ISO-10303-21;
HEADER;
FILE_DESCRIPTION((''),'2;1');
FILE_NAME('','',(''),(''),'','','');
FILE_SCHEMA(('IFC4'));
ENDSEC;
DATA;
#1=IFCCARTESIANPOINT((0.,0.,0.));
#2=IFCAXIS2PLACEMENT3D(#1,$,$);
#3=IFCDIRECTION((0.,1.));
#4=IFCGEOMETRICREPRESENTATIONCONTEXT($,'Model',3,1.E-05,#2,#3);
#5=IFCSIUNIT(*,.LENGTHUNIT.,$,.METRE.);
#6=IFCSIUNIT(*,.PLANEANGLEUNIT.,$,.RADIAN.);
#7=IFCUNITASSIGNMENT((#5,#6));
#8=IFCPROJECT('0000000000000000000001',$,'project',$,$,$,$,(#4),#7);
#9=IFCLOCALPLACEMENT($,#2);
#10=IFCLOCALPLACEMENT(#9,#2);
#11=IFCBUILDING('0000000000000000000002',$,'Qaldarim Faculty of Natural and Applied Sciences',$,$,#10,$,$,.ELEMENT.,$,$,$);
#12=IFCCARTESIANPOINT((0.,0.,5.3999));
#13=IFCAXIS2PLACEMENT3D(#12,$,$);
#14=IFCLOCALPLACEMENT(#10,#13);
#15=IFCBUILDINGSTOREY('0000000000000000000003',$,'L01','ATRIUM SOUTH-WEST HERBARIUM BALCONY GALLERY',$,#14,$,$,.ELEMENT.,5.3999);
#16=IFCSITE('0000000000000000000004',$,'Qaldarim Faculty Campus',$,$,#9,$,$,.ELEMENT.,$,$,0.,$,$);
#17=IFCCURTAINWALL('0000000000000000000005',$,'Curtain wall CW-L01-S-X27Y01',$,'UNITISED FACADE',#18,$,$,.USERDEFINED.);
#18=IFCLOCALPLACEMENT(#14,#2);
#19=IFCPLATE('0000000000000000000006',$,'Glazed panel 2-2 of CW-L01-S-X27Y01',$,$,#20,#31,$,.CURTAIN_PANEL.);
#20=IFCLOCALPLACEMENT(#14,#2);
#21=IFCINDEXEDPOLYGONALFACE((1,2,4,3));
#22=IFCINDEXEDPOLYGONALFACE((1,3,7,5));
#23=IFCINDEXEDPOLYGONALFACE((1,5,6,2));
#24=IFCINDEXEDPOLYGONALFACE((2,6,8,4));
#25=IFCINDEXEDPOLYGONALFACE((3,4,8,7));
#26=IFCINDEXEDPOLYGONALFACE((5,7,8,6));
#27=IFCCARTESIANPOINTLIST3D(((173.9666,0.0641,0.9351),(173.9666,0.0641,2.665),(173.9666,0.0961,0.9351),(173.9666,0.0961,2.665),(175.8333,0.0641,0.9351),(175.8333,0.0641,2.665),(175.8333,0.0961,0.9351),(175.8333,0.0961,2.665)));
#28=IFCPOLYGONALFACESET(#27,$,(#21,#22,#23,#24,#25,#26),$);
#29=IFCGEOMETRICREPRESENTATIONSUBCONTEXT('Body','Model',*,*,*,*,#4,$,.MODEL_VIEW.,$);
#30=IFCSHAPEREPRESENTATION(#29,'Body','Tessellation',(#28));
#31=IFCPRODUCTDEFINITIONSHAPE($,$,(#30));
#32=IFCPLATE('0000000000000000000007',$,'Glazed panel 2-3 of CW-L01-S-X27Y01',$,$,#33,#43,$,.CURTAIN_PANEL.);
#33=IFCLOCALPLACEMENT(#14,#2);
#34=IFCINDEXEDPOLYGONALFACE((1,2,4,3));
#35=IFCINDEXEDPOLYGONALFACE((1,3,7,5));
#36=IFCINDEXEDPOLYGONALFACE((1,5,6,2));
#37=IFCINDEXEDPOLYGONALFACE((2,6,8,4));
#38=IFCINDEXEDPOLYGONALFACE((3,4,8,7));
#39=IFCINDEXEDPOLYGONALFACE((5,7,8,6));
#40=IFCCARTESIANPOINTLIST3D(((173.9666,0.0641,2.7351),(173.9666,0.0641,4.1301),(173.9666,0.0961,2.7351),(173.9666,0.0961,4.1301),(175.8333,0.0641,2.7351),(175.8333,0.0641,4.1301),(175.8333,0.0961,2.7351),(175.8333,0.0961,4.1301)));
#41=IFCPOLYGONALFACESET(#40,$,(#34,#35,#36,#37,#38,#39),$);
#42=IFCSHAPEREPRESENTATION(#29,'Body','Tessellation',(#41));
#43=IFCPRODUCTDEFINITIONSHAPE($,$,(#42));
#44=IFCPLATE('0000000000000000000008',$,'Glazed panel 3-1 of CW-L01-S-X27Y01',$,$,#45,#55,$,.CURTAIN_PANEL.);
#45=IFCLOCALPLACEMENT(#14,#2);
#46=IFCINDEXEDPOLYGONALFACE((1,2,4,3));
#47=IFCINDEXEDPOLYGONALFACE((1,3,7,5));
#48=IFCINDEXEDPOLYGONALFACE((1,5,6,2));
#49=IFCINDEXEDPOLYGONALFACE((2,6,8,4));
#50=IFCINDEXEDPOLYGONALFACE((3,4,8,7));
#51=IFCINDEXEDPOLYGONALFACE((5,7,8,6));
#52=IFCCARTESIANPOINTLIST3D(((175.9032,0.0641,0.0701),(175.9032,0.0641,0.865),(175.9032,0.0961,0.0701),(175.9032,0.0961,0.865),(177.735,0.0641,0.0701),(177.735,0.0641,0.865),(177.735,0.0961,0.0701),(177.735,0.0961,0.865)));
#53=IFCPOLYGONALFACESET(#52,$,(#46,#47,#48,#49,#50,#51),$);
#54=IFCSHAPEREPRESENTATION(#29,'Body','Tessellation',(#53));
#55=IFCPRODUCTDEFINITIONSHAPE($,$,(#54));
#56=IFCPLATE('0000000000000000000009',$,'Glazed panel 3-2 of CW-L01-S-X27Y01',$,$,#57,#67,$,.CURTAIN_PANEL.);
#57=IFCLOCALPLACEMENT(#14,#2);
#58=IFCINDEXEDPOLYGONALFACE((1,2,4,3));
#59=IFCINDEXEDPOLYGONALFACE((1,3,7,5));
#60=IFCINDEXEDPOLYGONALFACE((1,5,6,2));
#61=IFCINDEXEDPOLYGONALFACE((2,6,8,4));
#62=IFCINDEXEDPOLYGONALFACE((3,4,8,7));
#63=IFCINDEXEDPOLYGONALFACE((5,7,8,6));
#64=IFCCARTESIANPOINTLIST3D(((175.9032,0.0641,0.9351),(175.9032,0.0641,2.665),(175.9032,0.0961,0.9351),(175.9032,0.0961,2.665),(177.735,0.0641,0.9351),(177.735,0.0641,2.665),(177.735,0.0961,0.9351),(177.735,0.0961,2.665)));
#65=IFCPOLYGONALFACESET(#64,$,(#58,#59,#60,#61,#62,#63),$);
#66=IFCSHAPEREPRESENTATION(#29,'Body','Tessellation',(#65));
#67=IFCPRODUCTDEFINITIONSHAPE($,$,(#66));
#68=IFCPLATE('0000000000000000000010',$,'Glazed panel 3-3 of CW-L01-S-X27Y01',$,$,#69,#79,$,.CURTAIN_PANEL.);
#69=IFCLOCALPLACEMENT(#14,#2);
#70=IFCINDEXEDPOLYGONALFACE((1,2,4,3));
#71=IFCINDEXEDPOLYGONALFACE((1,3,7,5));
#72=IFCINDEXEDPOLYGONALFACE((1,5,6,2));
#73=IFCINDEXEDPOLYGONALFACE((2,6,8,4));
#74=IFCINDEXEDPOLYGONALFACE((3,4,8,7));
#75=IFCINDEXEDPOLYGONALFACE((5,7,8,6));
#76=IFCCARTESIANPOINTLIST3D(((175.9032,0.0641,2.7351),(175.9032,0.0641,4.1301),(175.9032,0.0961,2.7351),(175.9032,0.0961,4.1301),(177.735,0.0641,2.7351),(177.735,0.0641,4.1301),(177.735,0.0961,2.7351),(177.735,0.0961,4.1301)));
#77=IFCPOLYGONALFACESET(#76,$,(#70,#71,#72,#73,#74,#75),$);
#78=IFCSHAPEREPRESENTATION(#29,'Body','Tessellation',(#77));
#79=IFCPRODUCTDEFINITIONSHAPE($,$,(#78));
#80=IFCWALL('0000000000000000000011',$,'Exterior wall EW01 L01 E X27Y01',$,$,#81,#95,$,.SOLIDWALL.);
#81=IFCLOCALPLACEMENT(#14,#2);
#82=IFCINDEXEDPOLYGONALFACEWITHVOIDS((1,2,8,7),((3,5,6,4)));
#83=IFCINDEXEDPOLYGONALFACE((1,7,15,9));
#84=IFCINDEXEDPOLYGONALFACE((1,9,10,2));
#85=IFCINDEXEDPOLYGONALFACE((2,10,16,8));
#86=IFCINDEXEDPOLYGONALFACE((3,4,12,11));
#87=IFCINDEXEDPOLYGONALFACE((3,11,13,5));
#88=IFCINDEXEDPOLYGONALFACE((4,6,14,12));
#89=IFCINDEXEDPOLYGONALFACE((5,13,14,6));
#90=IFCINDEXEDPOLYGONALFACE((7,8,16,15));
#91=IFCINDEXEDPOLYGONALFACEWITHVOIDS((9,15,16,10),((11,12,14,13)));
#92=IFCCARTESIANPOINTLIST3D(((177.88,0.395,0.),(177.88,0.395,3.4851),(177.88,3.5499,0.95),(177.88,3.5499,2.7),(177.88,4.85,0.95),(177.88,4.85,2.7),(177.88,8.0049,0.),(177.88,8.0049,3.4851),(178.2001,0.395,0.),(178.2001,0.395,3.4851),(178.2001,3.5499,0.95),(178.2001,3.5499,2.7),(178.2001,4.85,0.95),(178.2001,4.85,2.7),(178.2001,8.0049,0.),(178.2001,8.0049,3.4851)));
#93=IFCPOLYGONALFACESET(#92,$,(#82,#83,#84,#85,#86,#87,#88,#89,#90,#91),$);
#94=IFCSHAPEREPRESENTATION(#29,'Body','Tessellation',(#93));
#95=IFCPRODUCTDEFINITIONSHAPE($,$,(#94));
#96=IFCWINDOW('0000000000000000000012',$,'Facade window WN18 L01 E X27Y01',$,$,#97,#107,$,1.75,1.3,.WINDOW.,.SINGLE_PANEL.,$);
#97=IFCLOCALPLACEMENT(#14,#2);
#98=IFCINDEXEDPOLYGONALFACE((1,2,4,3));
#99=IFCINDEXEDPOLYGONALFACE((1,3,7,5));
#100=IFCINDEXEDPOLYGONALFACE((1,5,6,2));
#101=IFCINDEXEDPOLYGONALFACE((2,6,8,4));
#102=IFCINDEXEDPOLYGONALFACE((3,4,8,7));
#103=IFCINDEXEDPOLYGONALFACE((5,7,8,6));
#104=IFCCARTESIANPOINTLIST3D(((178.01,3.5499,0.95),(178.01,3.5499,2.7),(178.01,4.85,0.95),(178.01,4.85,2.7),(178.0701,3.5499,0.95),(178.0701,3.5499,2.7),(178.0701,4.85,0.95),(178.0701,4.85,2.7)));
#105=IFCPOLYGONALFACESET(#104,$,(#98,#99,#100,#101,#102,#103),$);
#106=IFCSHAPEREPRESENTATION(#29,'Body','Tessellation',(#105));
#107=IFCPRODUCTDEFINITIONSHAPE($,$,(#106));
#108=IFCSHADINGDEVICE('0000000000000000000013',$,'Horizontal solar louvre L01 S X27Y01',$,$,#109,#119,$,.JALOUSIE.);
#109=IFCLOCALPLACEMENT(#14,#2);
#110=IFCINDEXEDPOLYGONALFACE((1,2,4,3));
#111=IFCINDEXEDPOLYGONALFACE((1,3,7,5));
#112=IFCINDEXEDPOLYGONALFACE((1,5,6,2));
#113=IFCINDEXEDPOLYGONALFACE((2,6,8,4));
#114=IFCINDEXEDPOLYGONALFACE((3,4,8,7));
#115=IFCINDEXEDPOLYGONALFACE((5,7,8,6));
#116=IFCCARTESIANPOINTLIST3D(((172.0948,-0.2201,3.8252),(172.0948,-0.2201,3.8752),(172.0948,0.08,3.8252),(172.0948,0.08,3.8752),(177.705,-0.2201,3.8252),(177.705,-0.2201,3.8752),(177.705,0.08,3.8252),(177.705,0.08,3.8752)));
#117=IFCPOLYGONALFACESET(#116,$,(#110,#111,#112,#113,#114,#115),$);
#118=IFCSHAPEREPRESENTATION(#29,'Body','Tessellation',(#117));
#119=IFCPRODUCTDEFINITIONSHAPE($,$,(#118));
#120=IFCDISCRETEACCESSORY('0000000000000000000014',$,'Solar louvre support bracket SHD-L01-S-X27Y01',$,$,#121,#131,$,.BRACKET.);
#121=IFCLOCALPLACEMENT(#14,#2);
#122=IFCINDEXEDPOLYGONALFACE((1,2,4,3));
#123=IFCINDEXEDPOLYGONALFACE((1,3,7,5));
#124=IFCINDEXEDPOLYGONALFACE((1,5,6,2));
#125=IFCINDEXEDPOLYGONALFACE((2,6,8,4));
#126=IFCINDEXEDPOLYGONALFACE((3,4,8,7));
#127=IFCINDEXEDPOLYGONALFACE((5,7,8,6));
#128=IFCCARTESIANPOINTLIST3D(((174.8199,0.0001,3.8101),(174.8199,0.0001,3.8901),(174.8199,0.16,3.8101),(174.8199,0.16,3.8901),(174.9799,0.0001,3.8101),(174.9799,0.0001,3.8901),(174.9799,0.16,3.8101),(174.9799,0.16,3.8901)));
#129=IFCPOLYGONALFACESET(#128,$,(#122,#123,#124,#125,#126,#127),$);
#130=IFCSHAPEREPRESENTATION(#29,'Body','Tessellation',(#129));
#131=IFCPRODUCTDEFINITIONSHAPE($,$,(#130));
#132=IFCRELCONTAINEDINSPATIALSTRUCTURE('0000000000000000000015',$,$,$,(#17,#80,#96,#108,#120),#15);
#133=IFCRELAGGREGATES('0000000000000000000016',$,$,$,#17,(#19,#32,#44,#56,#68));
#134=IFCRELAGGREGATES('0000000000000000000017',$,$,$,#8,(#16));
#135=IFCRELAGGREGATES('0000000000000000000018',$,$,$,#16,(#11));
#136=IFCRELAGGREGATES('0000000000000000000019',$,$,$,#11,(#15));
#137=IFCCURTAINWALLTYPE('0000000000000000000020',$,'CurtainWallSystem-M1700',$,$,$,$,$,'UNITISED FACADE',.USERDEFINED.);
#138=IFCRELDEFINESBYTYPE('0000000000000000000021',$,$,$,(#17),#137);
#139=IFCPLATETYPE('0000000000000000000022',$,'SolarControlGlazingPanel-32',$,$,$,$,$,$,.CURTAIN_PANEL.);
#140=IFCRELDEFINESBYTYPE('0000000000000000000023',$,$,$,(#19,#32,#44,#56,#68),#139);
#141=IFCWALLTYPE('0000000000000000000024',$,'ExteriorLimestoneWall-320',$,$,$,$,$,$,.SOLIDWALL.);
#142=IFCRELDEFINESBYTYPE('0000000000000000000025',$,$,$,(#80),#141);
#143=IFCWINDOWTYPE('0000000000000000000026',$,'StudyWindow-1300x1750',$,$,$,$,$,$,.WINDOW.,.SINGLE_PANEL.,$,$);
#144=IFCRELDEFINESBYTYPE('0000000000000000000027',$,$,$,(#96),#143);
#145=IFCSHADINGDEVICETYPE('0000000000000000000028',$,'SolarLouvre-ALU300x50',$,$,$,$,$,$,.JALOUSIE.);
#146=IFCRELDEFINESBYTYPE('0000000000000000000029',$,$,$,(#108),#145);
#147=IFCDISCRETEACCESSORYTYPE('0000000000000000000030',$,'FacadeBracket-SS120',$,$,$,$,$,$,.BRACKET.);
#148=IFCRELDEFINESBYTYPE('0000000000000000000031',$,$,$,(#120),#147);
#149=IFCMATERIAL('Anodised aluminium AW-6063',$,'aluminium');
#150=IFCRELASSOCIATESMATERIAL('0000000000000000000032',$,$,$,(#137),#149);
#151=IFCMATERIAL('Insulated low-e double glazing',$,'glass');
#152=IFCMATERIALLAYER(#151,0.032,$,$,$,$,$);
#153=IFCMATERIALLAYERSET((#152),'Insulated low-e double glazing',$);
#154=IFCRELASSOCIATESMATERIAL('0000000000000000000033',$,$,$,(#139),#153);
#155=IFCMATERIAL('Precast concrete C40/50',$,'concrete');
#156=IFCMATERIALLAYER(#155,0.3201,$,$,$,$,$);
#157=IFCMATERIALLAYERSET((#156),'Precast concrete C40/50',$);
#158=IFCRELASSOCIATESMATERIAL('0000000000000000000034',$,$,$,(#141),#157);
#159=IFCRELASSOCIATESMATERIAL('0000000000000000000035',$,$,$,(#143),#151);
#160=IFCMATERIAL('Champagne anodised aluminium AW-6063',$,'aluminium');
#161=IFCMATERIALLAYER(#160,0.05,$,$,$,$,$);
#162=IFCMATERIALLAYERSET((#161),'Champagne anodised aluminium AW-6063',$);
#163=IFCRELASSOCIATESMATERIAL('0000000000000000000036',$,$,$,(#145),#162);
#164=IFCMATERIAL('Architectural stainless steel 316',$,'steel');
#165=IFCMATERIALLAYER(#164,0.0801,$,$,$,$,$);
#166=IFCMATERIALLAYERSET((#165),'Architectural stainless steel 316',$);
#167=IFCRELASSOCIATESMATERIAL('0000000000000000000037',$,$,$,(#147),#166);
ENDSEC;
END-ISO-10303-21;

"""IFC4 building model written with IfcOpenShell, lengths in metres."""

from ifc_helpers import new_model, si_unit, direction, frame, frame_2d, origin, origin_2d, place, context, subcontext, project, spatial, rectangle, extrude, material, layer, layer_set, type_object, element, fill, aggregate, save


model = new_model("IFC4")

# Units and contexts
model_context = context("Model", 3, precision=1e-05, world=origin(), true_north=direction((0.0, 1.0)))
body_context = subcontext(model_context, "Body", "Model", "MODEL_VIEW")
ifc_project = project(units=[si_unit("LENGTHUNIT", "METRE"), si_unit("PLANEANGLEUNIT", "RADIAN")], contexts=[model_context])

# Site, building, storey
site_placement = place(None, origin())
site = spatial("IfcSite", under=ifc_project, at=site_placement, Name="Qaldarim Faculty Campus", CompositionType="ELEMENT", RefElevation=0.0)
building_placement = place(site_placement, origin())
building = spatial("IfcBuilding", under=site, at=building_placement, Name="Qaldarim Faculty of Natural and Applied Sciences", CompositionType="ELEMENT")
storey_placement = place(building_placement, frame((0.0, 0.0, 5.3999)))
storey = spatial("IfcBuildingStorey", under=building, at=storey_placement, Name="L01", Description="ATRIUM SOUTH-WEST HERBARIUM BALCONY GALLERY", CompositionType="ELEMENT", Elevation=5.3999)

# Curtain wall, plates
ifc_material_1 = material(Name="Anodised aluminium AW-6063", Category="aluminium")
curtain_wall_type = type_object("IfcCurtainWallType", Name="CurtainWallSystem-M1700", ElementType="UNITISED FACADE", PredefinedType="USERDEFINED", material=ifc_material_1)
curtain_wall_placement = place(storey_placement, origin())
curtain_wall = element("IfcCurtainWall", 1, at=curtain_wall_placement, inside=storey, type_object=curtain_wall_type, Name="Curtain wall CW-L01-S-X27Y01", ObjectType="UNITISED FACADE", PredefinedType="USERDEFINED")
ifc_material_2 = material(Name="Insulated low-e double glazing", Category="glass")
ifc_layer_1 = layer(ifc_material_2, 0.032)
ifc_layer_set_1 = layer_set([ifc_layer_1], Name="Insulated low-e double glazing")
plate_type = type_object("IfcPlateType", Name="SolarControlGlazingPanel-32", PredefinedType="CURTAIN_PANEL", material=ifc_layer_set_1)
plate_1_placement = place(storey_placement, frame((174.8999, 0.0801, 0.9351), z_axis=(0.0, 0.0, 1.0), x_axis=(1.0, 0.0, 0.0)))
plate_1 = element("IfcPlate", 2, at=plate_1_placement, type_object=plate_type, Name="Glazed panel 2-2 of CW-L01-S-X27Y01", PredefinedType="CURTAIN_PANEL", context=body_context, shape_type="SweptSolid", body=[
    extrude(rectangle(XDim=1.8667, YDim=0.032, at=origin_2d()), origin(), (0.0, 0.0, 1.0), 1.73),
])
plate_2_placement = place(storey_placement, frame((174.8999, 0.0801, 2.7351), z_axis=(0.0, 0.0, 1.0), x_axis=(1.0, 0.0, 0.0)))
plate_2 = element("IfcPlate", 3, at=plate_2_placement, type_object=plate_type, Name="Glazed panel 2-3 of CW-L01-S-X27Y01", PredefinedType="CURTAIN_PANEL", context=body_context, shape_type="SweptSolid", body=[
    extrude(rectangle(XDim=1.8667, YDim=0.032, at=origin_2d()), origin(), (0.0, 0.0, 1.0), 1.395),
])
plate_3_placement = place(storey_placement, frame((176.8191, 0.0801, 0.0701), z_axis=(0.0, 0.0, 1.0), x_axis=(1.0, 0.0, 0.0)))
plate_3 = element("IfcPlate", 4, at=plate_3_placement, type_object=plate_type, Name="Glazed panel 3-1 of CW-L01-S-X27Y01", PredefinedType="CURTAIN_PANEL", context=body_context, shape_type="SweptSolid", body=[
    extrude(rectangle(XDim=1.8318, YDim=0.032, at=origin_2d()), origin(), (0.0, 0.0, 1.0), 0.7949),
])
plate_4_placement = place(storey_placement, frame((176.8191, 0.0801, 0.9351), z_axis=(0.0, 0.0, 1.0), x_axis=(1.0, 0.0, 0.0)))
plate_4 = element("IfcPlate", 5, at=plate_4_placement, type_object=plate_type, Name="Glazed panel 3-2 of CW-L01-S-X27Y01", PredefinedType="CURTAIN_PANEL", context=body_context, shape_type="SweptSolid", body=[
    extrude(rectangle(XDim=1.8318, YDim=0.032, at=origin_2d()), origin(), (0.0, 0.0, 1.0), 1.73),
])
plate_5_placement = place(storey_placement, frame((176.8191, 0.0801, 2.7351), z_axis=(0.0, 0.0, 1.0), x_axis=(1.0, 0.0, 0.0)))
plate_5 = element("IfcPlate", 6, at=plate_5_placement, type_object=plate_type, Name="Glazed panel 3-3 of CW-L01-S-X27Y01", PredefinedType="CURTAIN_PANEL", context=body_context, shape_type="SweptSolid", body=[
    extrude(rectangle(XDim=1.8318, YDim=0.032, at=origin_2d()), origin(), (0.0, 0.0, 1.0), 1.395),
])
aggregate(curtain_wall, [plate_1, plate_2, plate_3, plate_4, plate_5])

# Wall, opening, window
ifc_material_3 = material(Name="Precast concrete C40/50", Category="concrete")
ifc_layer_2 = layer(ifc_material_3, 0.3201)
ifc_layer_set_2 = layer_set([ifc_layer_2], Name="Precast concrete C40/50")
wall_type = type_object("IfcWallType", Name="ExteriorLimestoneWall-320", PredefinedType="SOLIDWALL", material=ifc_layer_set_2)
wall_placement = place(storey_placement, frame((178.04, 0.395, 0.0), z_axis=(0.0, 0.0, 1.0), x_axis=(0.0, 1.0, 0.0)))
wall = element("IfcWall", 7, at=wall_placement, inside=storey, type_object=wall_type, Name="Exterior wall EW01 L01 E X27Y01", PredefinedType="SOLIDWALL", context=body_context, shape_type="SweptSolid", body=[
    extrude(rectangle(XDim=7.6099, YDim=0.3201, at=frame_2d((3.8049, 0.0))), origin(), (0.0, 0.0, 1.0), 3.4851),
])
opening_placement = place(wall_placement, frame((3.155, 0.0, 0.95)))
opening = element("IfcOpeningElement", 8, at=opening_placement, cuts=wall, PredefinedType="OPENING", context=body_context, shape_type="SweptSolid", body=[
    extrude(rectangle(XDim=1.3, YDim=1.75, at=frame_2d((0.6499, 0.875))), frame((0.0, 0.1699, 0.0), z_axis=(0.0, -1.0, 0.0), x_axis=(1.0, 0.0, 0.0)), (0.0, 0.0, 1.0), 0.3401),
])
window_type = type_object("IfcWindowType", Name="StudyWindow-1300x1750", PartitioningType="SINGLE_PANEL", PredefinedType="WINDOW", material=ifc_material_2)
window_placement = place(opening_placement, origin())
window = element("IfcWindow", 9, at=window_placement, inside=storey, type_object=window_type, Name="Facade window WN18 L01 E X27Y01", OverallHeight=1.75, OverallWidth=1.3, PartitioningType="SINGLE_PANEL", PredefinedType="WINDOW", context=body_context, shape_type="SweptSolid", body=[
    extrude(rectangle(XDim=1.3, YDim=1.75, at=frame_2d((0.6499, 0.875))), frame((0.0, 0.03, 0.0), z_axis=(0.0, -1.0, 0.0), x_axis=(1.0, 0.0, 0.0)), (0.0, 0.0, 1.0), 0.0601),
])
fill(opening, window)

# Shading device
ifc_material_4 = material(Name="Champagne anodised aluminium AW-6063", Category="aluminium")
ifc_layer_3 = layer(ifc_material_4, 0.05)
ifc_layer_set_3 = layer_set([ifc_layer_3], Name="Champagne anodised aluminium AW-6063")
shading_device_type = type_object("IfcShadingDeviceType", Name="SolarLouvre-ALU300x50", PredefinedType="JALOUSIE", material=ifc_layer_set_3)
shading_device_placement = place(storey_placement, frame((174.8999, -0.0701, 3.8252), z_axis=(0.0, 0.0, 1.0), x_axis=(1.0, 0.0, 0.0)))
element("IfcShadingDevice", 10, at=shading_device_placement, inside=storey, type_object=shading_device_type, Name="Horizontal solar louvre L01 S X27Y01", PredefinedType="JALOUSIE", context=body_context, shape_type="SweptSolid", body=[
    extrude(rectangle(XDim=5.6101, YDim=0.3, at=origin_2d()), origin(), (0.0, 0.0, 1.0), 0.05),
])

# Discrete accessory
ifc_material_5 = material(Name="Architectural stainless steel 316", Category="steel")
ifc_layer_4 = layer(ifc_material_5, 0.0801)
ifc_layer_set_4 = layer_set([ifc_layer_4], Name="Architectural stainless steel 316")
discrete_accessory_type = type_object("IfcDiscreteAccessoryType", Name="FacadeBracket-SS120", PredefinedType="BRACKET", material=ifc_layer_set_4)
discrete_accessory_placement = place(storey_placement, frame((174.8999, 0.0801, 3.8101), z_axis=(0.0, 0.0, 1.0), x_axis=(1.0, 0.0, 0.0)))
element("IfcDiscreteAccessory", 11, at=discrete_accessory_placement, inside=storey, type_object=discrete_accessory_type, Name="Solar louvre support bracket SHD-L01-S-X27Y01", PredefinedType="BRACKET", context=body_context, shape_type="SweptSolid", body=[
    extrude(rectangle(XDim=0.1599, YDim=0.1599, at=origin_2d()), origin(), (0.0, 0.0, 1.0), 0.0801),
])

save(model, "model.ifc")
